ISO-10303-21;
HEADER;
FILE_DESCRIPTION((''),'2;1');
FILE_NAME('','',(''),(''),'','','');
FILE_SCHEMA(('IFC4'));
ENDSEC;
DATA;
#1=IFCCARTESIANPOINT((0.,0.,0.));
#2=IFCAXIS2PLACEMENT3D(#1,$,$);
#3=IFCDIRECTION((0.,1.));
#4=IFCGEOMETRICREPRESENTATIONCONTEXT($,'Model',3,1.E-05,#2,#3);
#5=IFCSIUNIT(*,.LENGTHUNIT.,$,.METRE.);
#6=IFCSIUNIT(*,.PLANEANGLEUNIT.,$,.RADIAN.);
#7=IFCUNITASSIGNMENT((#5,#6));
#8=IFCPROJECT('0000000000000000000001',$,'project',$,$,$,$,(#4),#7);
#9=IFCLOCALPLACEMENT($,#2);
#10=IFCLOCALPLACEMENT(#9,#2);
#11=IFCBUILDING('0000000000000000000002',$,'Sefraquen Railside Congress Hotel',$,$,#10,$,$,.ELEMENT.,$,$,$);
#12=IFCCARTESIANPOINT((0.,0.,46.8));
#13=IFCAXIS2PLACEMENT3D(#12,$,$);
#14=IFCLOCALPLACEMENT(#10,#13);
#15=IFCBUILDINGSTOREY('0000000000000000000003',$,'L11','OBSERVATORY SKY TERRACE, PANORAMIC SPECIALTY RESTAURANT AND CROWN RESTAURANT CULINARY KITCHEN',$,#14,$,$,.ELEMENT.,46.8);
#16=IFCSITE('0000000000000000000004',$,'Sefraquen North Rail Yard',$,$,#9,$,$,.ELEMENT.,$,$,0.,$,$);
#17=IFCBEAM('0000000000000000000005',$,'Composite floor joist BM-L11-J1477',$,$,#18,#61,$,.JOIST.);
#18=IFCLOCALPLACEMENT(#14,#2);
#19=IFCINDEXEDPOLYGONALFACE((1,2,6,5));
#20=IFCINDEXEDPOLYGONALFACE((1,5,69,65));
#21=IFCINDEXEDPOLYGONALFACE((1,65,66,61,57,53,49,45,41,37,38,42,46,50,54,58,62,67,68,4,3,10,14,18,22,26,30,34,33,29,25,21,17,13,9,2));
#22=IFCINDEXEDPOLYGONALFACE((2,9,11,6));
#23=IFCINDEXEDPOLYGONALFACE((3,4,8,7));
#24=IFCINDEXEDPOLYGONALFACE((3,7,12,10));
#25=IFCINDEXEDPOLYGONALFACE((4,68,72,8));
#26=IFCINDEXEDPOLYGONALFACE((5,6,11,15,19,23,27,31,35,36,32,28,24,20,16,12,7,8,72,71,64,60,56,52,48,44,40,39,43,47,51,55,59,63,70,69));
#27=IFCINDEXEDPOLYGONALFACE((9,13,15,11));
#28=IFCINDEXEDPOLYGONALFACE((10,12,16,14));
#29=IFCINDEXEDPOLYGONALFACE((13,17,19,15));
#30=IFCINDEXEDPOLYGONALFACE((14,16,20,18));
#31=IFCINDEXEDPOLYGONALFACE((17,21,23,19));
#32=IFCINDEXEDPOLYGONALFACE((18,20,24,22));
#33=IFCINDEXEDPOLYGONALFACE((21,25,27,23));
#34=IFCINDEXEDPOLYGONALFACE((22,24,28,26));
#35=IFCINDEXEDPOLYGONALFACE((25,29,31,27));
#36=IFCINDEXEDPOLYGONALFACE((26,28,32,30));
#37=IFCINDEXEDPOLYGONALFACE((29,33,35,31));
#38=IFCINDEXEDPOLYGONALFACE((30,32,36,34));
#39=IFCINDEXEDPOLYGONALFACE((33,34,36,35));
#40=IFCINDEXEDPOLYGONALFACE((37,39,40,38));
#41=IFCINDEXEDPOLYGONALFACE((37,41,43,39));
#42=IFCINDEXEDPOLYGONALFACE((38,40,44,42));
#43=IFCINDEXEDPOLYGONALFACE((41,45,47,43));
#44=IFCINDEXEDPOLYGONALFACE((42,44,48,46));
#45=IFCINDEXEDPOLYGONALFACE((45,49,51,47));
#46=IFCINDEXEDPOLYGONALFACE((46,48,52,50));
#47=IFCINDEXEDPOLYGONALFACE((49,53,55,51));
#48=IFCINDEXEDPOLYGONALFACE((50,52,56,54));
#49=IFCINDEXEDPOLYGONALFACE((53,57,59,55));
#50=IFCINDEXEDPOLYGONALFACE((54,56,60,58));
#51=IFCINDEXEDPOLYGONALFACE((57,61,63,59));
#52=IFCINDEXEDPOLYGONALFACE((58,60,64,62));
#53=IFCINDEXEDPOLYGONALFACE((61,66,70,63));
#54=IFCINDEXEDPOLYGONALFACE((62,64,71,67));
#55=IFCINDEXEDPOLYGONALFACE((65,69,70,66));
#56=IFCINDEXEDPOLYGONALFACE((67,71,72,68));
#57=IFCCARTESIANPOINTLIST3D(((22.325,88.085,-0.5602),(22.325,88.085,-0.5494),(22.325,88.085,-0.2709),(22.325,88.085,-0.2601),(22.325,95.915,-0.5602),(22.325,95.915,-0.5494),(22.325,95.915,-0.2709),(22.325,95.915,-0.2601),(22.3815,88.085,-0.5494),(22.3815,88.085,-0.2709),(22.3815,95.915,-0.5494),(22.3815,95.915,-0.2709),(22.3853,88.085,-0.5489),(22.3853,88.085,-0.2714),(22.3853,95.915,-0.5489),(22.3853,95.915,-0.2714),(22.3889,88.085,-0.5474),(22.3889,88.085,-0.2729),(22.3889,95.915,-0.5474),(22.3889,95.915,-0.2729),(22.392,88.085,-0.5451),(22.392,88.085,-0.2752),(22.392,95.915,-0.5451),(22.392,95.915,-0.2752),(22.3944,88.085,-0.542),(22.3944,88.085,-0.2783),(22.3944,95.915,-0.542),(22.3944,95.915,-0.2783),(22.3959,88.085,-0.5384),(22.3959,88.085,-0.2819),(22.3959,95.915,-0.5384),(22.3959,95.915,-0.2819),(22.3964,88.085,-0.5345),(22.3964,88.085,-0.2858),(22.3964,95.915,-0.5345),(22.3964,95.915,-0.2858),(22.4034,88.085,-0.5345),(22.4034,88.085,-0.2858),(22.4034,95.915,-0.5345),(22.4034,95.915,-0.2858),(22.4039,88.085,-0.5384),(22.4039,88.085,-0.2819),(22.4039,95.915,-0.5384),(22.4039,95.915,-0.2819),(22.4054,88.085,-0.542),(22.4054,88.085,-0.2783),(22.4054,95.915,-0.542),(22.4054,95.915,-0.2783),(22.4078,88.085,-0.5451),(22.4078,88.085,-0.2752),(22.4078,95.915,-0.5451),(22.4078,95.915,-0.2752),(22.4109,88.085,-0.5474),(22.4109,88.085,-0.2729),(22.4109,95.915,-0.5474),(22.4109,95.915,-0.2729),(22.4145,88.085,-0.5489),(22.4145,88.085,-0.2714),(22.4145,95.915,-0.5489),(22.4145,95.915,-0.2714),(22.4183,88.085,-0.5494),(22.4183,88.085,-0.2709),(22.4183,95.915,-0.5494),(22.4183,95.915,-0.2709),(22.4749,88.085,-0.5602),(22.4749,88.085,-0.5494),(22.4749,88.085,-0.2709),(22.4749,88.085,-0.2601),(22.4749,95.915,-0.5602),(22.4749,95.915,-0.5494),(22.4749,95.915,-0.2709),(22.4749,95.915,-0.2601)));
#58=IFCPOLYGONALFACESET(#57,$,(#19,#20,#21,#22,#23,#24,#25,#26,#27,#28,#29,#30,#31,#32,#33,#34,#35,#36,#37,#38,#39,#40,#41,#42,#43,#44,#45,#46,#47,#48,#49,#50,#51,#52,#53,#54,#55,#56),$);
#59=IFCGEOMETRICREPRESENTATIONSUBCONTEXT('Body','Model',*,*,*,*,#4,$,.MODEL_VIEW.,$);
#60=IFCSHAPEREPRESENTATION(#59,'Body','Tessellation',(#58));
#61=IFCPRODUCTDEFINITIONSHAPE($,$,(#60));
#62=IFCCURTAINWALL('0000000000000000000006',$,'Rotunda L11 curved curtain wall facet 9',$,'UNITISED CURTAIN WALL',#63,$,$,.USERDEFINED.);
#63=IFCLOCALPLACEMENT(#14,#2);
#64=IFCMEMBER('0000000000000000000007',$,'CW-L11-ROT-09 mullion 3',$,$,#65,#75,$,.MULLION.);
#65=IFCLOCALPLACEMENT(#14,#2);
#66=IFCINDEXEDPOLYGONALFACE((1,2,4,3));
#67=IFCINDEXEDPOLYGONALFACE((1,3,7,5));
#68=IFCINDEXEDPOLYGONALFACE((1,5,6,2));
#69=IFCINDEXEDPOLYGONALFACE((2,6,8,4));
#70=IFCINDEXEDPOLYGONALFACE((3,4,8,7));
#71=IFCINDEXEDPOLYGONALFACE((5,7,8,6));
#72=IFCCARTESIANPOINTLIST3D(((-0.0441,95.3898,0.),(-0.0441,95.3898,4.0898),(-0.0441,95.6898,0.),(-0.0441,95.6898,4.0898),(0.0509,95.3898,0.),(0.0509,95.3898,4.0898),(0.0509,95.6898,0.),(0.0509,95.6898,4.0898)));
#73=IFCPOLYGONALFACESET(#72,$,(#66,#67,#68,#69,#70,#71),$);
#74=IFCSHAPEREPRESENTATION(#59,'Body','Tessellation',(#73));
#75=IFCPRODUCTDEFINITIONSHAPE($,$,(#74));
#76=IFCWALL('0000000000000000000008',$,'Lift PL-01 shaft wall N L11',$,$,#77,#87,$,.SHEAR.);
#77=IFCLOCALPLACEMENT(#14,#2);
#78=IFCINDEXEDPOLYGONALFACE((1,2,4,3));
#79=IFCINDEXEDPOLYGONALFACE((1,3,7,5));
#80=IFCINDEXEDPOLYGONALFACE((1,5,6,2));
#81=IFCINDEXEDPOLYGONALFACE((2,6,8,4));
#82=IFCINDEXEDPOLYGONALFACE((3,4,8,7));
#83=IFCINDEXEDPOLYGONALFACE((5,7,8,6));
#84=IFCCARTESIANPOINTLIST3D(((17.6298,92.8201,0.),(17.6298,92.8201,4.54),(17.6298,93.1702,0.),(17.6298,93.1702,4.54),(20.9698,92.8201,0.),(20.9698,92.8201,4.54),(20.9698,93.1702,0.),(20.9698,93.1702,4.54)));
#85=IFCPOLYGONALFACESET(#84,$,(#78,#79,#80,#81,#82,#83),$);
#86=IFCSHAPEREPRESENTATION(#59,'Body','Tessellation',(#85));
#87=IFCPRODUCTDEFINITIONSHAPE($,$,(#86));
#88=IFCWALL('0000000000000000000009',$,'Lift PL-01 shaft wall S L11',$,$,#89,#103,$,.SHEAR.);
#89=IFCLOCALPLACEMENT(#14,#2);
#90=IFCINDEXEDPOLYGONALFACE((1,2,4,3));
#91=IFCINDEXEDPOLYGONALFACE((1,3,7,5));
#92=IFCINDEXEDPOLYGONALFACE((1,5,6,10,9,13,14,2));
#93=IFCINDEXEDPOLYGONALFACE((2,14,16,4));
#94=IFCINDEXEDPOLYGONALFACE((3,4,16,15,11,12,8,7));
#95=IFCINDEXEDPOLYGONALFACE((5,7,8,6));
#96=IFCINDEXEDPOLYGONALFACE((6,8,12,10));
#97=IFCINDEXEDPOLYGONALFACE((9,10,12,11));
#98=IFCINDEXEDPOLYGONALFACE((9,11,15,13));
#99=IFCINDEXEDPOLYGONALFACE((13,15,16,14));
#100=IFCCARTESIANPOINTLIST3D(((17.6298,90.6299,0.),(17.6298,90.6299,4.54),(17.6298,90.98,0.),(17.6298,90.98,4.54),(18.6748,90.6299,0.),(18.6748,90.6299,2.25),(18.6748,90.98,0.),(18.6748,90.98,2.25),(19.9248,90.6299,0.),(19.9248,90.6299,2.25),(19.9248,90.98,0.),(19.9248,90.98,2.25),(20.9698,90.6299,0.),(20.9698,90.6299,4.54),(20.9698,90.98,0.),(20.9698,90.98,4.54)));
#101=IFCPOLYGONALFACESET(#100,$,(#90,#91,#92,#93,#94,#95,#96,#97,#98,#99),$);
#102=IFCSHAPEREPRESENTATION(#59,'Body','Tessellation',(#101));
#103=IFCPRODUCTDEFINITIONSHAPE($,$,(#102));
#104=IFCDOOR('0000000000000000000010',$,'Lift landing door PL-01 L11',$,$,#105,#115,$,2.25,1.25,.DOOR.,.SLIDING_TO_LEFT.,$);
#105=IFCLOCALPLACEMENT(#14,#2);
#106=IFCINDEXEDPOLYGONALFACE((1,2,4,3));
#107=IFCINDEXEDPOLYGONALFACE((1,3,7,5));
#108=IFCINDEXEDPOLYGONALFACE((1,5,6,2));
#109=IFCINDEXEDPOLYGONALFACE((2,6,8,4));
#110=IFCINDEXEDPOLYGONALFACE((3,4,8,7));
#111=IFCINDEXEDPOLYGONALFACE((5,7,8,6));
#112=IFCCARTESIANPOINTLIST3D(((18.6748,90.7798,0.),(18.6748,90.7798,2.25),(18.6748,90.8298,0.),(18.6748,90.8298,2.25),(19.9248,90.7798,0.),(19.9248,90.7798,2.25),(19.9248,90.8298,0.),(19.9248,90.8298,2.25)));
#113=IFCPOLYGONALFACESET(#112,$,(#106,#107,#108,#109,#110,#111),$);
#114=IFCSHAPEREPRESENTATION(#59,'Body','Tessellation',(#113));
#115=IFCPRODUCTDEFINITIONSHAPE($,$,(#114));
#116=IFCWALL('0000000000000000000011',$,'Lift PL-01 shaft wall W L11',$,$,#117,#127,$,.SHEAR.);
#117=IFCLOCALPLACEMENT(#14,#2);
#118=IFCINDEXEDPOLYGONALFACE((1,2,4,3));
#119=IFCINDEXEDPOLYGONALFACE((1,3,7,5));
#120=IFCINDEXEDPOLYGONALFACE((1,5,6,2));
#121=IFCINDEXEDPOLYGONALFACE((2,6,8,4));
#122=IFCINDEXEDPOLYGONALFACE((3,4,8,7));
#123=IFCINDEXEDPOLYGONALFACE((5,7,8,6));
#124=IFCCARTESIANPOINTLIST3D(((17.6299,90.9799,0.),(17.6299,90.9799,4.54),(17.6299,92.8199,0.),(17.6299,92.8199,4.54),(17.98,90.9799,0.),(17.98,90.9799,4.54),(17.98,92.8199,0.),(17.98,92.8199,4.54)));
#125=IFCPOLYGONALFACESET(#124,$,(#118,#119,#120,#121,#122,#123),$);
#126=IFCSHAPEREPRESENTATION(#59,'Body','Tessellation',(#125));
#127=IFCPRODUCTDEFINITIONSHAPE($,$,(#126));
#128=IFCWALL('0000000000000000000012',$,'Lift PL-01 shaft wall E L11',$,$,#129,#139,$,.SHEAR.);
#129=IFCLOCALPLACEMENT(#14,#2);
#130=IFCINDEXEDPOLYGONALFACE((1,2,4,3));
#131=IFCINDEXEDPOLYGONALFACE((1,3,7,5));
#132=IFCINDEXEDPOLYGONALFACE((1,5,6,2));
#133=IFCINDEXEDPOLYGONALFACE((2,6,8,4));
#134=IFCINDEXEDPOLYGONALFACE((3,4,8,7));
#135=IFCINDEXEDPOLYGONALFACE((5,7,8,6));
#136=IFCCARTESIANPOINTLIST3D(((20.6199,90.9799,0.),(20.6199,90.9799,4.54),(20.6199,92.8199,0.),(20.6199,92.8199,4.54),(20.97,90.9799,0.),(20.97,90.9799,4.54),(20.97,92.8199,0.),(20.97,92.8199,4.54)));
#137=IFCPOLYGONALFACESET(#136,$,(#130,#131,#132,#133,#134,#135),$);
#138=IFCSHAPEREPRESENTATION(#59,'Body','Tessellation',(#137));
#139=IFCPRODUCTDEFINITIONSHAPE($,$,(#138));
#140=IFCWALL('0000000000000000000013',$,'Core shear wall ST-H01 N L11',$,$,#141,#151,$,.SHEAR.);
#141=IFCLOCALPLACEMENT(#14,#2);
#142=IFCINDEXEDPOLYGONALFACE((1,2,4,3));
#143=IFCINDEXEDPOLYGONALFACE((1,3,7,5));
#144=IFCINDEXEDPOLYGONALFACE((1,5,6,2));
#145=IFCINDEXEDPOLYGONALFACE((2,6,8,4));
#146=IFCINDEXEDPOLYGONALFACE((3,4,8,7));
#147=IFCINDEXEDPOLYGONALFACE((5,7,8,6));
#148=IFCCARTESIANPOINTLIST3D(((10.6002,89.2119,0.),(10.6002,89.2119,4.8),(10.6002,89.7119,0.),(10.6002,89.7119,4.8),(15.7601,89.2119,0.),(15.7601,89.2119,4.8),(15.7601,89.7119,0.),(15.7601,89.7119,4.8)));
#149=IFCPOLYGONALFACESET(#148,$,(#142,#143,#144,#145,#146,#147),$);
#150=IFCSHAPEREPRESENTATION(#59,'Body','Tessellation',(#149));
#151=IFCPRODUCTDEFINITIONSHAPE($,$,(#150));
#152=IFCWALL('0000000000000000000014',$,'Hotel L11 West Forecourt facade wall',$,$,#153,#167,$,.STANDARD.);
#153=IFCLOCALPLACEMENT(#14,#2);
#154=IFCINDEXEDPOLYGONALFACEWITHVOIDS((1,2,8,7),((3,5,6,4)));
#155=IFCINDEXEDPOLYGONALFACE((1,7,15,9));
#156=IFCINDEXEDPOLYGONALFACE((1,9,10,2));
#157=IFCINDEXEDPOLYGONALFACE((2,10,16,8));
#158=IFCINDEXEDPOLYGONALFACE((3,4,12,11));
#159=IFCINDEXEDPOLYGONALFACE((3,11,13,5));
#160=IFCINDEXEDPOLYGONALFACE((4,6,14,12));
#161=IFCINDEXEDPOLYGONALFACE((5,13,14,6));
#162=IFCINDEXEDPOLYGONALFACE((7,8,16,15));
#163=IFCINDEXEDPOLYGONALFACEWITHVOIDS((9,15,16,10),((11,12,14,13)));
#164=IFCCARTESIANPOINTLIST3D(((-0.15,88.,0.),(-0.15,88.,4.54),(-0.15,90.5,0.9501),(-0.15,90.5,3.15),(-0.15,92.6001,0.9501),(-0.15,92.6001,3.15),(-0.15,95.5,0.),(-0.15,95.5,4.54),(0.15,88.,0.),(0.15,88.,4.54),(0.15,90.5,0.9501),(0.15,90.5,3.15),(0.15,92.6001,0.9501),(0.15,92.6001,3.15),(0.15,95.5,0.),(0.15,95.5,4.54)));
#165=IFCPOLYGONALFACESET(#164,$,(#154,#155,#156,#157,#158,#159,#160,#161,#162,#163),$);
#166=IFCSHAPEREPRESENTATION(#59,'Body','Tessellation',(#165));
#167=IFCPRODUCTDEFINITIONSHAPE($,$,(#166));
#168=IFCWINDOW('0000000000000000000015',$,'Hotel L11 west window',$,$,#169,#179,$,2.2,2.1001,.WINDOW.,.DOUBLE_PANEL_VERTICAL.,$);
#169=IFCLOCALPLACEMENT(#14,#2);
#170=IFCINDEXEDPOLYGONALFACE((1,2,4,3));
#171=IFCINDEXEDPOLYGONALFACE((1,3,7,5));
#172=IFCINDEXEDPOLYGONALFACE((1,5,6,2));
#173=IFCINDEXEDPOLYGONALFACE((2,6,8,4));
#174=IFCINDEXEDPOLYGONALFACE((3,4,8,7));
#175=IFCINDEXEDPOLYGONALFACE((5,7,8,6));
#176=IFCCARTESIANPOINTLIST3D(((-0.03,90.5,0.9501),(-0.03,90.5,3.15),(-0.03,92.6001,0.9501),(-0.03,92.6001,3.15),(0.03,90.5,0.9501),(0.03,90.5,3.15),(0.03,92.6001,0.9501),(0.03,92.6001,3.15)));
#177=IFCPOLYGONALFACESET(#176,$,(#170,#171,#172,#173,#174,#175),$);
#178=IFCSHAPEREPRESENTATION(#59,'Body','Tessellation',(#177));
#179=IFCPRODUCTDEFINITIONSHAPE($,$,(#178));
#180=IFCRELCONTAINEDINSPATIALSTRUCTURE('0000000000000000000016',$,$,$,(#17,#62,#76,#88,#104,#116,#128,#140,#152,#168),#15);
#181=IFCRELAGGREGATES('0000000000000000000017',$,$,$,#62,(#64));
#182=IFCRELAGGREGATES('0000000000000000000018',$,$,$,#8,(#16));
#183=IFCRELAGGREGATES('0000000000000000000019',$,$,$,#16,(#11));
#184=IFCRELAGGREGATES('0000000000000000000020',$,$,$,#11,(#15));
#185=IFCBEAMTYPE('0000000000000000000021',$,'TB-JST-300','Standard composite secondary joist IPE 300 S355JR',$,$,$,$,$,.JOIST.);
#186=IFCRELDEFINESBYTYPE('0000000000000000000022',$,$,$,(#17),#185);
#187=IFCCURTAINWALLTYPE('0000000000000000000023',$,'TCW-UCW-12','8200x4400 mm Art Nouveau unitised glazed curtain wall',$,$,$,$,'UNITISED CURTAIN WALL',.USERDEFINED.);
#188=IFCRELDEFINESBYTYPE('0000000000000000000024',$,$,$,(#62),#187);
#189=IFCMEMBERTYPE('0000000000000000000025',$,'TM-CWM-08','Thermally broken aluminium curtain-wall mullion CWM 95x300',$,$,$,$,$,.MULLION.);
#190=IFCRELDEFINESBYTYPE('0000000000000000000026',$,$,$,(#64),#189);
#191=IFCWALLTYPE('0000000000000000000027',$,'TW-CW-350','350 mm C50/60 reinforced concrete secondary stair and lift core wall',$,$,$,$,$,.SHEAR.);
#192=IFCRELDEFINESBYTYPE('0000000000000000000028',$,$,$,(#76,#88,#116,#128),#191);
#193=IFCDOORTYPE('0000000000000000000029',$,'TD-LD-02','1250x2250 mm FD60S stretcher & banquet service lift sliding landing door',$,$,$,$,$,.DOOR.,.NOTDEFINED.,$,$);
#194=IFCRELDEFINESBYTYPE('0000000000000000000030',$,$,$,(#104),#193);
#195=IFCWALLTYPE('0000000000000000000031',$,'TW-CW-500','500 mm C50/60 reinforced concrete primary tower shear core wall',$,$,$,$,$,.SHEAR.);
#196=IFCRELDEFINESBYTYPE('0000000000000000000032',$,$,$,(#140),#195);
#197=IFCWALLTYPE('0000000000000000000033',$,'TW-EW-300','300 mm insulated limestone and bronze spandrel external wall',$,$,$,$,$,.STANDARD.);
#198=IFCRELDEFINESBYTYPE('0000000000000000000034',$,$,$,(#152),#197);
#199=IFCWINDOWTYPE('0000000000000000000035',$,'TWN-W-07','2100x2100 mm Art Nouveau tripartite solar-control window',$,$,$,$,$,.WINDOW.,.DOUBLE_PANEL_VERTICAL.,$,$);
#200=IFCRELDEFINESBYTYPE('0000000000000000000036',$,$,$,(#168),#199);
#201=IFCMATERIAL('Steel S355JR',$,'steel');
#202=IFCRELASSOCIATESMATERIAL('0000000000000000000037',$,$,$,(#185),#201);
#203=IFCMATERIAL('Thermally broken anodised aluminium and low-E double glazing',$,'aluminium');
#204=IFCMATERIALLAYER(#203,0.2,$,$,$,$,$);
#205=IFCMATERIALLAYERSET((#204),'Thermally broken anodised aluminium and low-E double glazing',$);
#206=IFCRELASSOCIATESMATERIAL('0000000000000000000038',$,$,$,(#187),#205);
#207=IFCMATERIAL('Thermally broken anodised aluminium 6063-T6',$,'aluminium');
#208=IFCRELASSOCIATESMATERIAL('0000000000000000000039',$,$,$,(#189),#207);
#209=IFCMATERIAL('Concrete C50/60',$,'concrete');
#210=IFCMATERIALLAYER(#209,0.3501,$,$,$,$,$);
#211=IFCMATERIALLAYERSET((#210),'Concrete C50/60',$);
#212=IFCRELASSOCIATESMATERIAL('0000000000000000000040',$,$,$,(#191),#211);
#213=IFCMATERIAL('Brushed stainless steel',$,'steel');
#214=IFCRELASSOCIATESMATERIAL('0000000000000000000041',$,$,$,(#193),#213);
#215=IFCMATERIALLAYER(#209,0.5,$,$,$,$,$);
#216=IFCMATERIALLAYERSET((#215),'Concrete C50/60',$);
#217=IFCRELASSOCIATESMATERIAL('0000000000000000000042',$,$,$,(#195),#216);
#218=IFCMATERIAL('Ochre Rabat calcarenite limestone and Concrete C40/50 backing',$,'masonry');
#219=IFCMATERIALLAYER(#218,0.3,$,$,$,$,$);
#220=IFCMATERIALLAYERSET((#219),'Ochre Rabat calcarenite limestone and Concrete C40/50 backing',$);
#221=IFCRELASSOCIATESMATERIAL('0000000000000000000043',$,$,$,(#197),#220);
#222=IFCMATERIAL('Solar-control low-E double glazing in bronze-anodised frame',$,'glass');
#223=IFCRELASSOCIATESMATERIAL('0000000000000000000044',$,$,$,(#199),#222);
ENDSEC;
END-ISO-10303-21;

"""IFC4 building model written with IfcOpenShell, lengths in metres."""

from ifc_helpers import new_model, si_unit, direction, frame, frame_2d, origin, origin_2d, place, context, subcontext, project, spatial, rectangle, i_section, extrude, material, layer, layer_set, material_profile, profile_set, type_object, element, fill, aggregate, save


model = new_model("IFC4")

# Units and contexts
model_context = context("Model", 3, precision=1e-05, world=origin(), true_north=direction((0.0, 1.0)))
body_context = subcontext(model_context, "Body", "Model", "MODEL_VIEW")
ifc_project = project(units=[si_unit("LENGTHUNIT", "METRE"), si_unit("PLANEANGLEUNIT", "RADIAN")], contexts=[model_context])

# Site, building, storey
site_placement = place(None, origin())
site = spatial("IfcSite", under=ifc_project, at=site_placement, Name="Sefraquen North Rail Yard", CompositionType="ELEMENT", RefElevation=0.0)
building_placement = place(site_placement, origin())
building = spatial("IfcBuilding", under=site, at=building_placement, Name="Sefraquen Railside Congress Hotel", CompositionType="ELEMENT")
storey_placement = place(building_placement, frame((0.0, 0.0, 46.8)))
storey = spatial("IfcBuildingStorey", under=building, at=storey_placement, Name="L11", Description="OBSERVATORY SKY TERRACE, PANORAMIC SPECIALTY RESTAURANT AND CROWN RESTAURANT CULINARY KITCHEN", CompositionType="ELEMENT", Elevation=46.8)

# Shared definitions
ifc_material_1 = material(Name="Steel S355JR", Category="steel")

# Beam
ifc_material_profile_1 = material_profile(ifc_material_1, i_section(OverallWidth=0.1499, OverallDepth=0.3, WebThickness=0.0071, FlangeThickness=0.0107, FilletRadius=0.0149, at=origin_2d()), Name="IPE 300")
ifc_profile_set_1 = profile_set([ifc_material_profile_1], Name="Steel S355JR")
beam_type_1 = type_object("IfcBeamType", Name="TB-JST-300", Description="Standard composite secondary joist IPE 300 S355JR", PredefinedType="JOIST", material=ifc_profile_set_1)
for number, where, z_axis, x_axis, name in (
    (1, (22.3999, 88.085, -0.4102), (0.0, 1.0, 0.0), (-1.0, 0.0, 0.0), "Composite floor joist BM-L11-J1477"),
):
    element("IfcBeam", number, at=place(storey_placement, frame(where, z_axis=z_axis, x_axis=x_axis)), inside=storey, type_object=beam_type_1, Name=name, PredefinedType="JOIST", context=body_context, shape_type="SweptSolid", body=[
        extrude(i_section(OverallWidth=0.1499, OverallDepth=0.3, WebThickness=0.0071, FlangeThickness=0.0107, FilletRadius=0.0149, at=origin_2d()), origin(), (0.0, 0.0, 1.0), 7.8301),
    ])

# Curtain wall, member
ifc_material_2 = material(Name="Thermally broken anodised aluminium and low-E double glazing", Category="aluminium")
ifc_layer_1 = layer(ifc_material_2, 0.2)
ifc_layer_set_1 = layer_set([ifc_layer_1], Name="Thermally broken anodised aluminium and low-E double glazing")
curtain_wall_type = type_object("IfcCurtainWallType", Name="TCW-UCW-12", Description="8200x4400 mm Art Nouveau unitised glazed curtain wall", ElementType="UNITISED CURTAIN WALL", PredefinedType="USERDEFINED", material=ifc_layer_set_1)
curtain_wall_placement = place(storey_placement, origin())
curtain_wall = element("IfcCurtainWall", 2, at=curtain_wall_placement, inside=storey, type_object=curtain_wall_type, Name="Rotunda L11 curved curtain wall facet 9", ObjectType="UNITISED CURTAIN WALL", PredefinedType="USERDEFINED")
ifc_material_3 = material(Name="Thermally broken anodised aluminium 6063-T6", Category="aluminium")
ifc_material_profile_2 = material_profile(ifc_material_3, rectangle(XDim=0.095, YDim=0.3, at=origin_2d()), Name="CWM 95x300")
ifc_profile_set_2 = profile_set([ifc_material_profile_2], Name="Thermally broken anodised aluminium 6063-T6")
member_type = type_object("IfcMemberType", Name="TM-CWM-08", Description="Thermally broken aluminium curtain-wall mullion CWM 95x300", PredefinedType="MULLION", material=ifc_profile_set_2)
member_placement = place(storey_placement, frame((0.0034, 95.5398, 0.0), z_axis=(0.0, 0.0, 1.0), x_axis=(1.0, 0.0, 0.0)))
member = element("IfcMember", 3, at=member_placement, type_object=member_type, Name="CW-L11-ROT-09 mullion 3", PredefinedType="MULLION", context=body_context, shape_type="SweptSolid", body=[
    extrude(rectangle(XDim=0.095, YDim=0.3, at=origin_2d()), origin(), (0.0, 0.0, 1.0), 4.0898),
])
aggregate(curtain_wall, [member])

# Wall
ifc_material_4 = material(Name="Concrete C50/60", Category="concrete")
ifc_layer_2 = layer(ifc_material_4, 0.3501)
ifc_layer_set_2 = layer_set([ifc_layer_2], Name="Concrete C50/60")
wall_type_1 = type_object("IfcWallType", Name="TW-CW-350", Description="350 mm C50/60 reinforced concrete secondary stair and lift core wall", PredefinedType="SHEAR", material=ifc_layer_set_2)
wall_1_placement = place(storey_placement, frame((17.6299, 92.9951, 0.0), z_axis=(0.0, 0.0, 1.0), x_axis=(1.0, 0.0, 0.0)))
element("IfcWall", 4, at=wall_1_placement, inside=storey, type_object=wall_type_1, Name="Lift PL-01 shaft wall N L11", PredefinedType="SHEAR", context=body_context, shape_type="SweptSolid", body=[
    extrude(rectangle(XDim=3.3401, YDim=0.3501, at=frame_2d((1.6699, 0.0))), origin(), (0.0, 0.0, 1.0), 4.54),
])

# Wall, opening, door
wall_2_placement = place(storey_placement, frame((17.6299, 90.8049, 0.0), z_axis=(0.0, 0.0, 1.0), x_axis=(1.0, 0.0, 0.0)))
wall_2 = element("IfcWall", 5, at=wall_2_placement, inside=storey, type_object=wall_type_1, Name="Lift PL-01 shaft wall S L11", PredefinedType="SHEAR", context=body_context, shape_type="SweptSolid", body=[
    extrude(rectangle(XDim=3.3401, YDim=0.3501, at=frame_2d((1.6699, 0.0))), origin(), (0.0, 0.0, 1.0), 4.54),
])
opening_1_placement = place(wall_2_placement, frame((1.0449, 0.0, 0.0)))
opening_1 = element("IfcOpeningElement", 6, at=opening_1_placement, cuts=wall_2, PredefinedType="OPENING", context=body_context, shape_type="SweptSolid", body=[
    extrude(rectangle(XDim=1.25, YDim=2.25, at=frame_2d((0.625, 1.125))), frame((0.0, 0.1851, 0.0), z_axis=(0.0, -1.0, 0.0), x_axis=(1.0, 0.0, 0.0)), (0.0, 0.0, 1.0), 0.3701),
])
ifc_material_5 = material(Name="Brushed stainless steel", Category="steel")
door_type_1 = type_object("IfcDoorType", Name="TD-LD-02", Description="1250x2250 mm FD60S stretcher & banquet service lift sliding landing door", OperationType="NOTDEFINED", PredefinedType="DOOR", material=ifc_material_5)
door_1_placement = place(opening_1_placement, origin())
door_1 = element("IfcDoor", 7, at=door_1_placement, inside=storey, type_object=door_type_1, Name="Lift landing door PL-01 L11", OperationType="SLIDING_TO_LEFT", OverallHeight=2.25, OverallWidth=1.25, PredefinedType="DOOR", context=body_context, shape_type="SweptSolid", body=[
    extrude(rectangle(XDim=1.25, YDim=2.25, at=frame_2d((0.625, 1.125))), frame((0.0, 0.0249, 0.0), z_axis=(0.0, -1.0, 0.0), x_axis=(1.0, 0.0, 0.0)), (0.0, 0.0, 1.0), 0.05),
])
fill(opening_1, door_1)

# Walls
for number, where, z_axis, x_axis, name in (
    (8, (17.8049, 90.98, 0.0), (0.0, 0.0, 1.0), (0.0, 1.0, 0.0), "Lift PL-01 shaft wall W L11"),
    (9, (20.7949, 90.98, 0.0), (0.0, 0.0, 1.0), (0.0, 1.0, 0.0), "Lift PL-01 shaft wall E L11"),
):
    element("IfcWall", number, at=place(storey_placement, frame(where, z_axis=z_axis, x_axis=x_axis)), inside=storey, type_object=wall_type_1, Name=name, PredefinedType="SHEAR", context=body_context, shape_type="SweptSolid", body=[
        extrude(rectangle(XDim=1.8401, YDim=0.3501, at=frame_2d((0.9199, 0.0))), origin(), (0.0, 0.0, 1.0), 4.54),
    ])
ifc_layer_3 = layer(ifc_material_4, 0.5)
ifc_layer_set_3 = layer_set([ifc_layer_3], Name="Concrete C50/60")
wall_type_2 = type_object("IfcWallType", Name="TW-CW-500", Description="500 mm C50/60 reinforced concrete primary tower shear core wall", PredefinedType="SHEAR", material=ifc_layer_set_3)
wall_3_placement = place(storey_placement, frame((10.6001, 89.4619, 0.0), z_axis=(0.0, 0.0, 1.0), x_axis=(1.0, 0.0, 0.0)))
element("IfcWall", 10, at=wall_3_placement, inside=storey, type_object=wall_type_2, Name="Core shear wall ST-H01 N L11", PredefinedType="SHEAR", context=body_context, shape_type="SweptSolid", body=[
    extrude(rectangle(XDim=5.1599, YDim=0.5, at=frame_2d((2.5801, 0.0))), origin(), (0.0, 0.0, 1.0), 4.8),
])

# Wall, opening, window
ifc_material_6 = material(Name="Ochre Rabat calcarenite limestone and Concrete C40/50 backing", Category="masonry")
ifc_layer_4 = layer(ifc_material_6, 0.3)
ifc_layer_set_4 = layer_set([ifc_layer_4], Name="Ochre Rabat calcarenite limestone and Concrete C40/50 backing")
wall_type_3 = type_object("IfcWallType", Name="TW-EW-300", Description="300 mm insulated limestone and bronze spandrel external wall", PredefinedType="STANDARD", material=ifc_layer_set_4)
wall_4_placement = place(storey_placement, frame((0.0, 88.0, 0.0), z_axis=(0.0, 0.0, 1.0), x_axis=(0.0, 1.0, 0.0)))
wall_4 = element("IfcWall", 11, at=wall_4_placement, inside=storey, type_object=wall_type_3, Name="Hotel L11 West Forecourt facade wall", PredefinedType="STANDARD", context=body_context, shape_type="SweptSolid", body=[
    extrude(rectangle(XDim=7.5, YDim=0.3, at=frame_2d((3.75, 0.0))), origin(), (0.0, 0.0, 1.0), 4.54),
])
opening_2_placement = place(wall_4_placement, frame((2.5, 0.0, 0.95)))
opening_2 = element("IfcOpeningElement", 12, at=opening_2_placement, cuts=wall_4, PredefinedType="OPENING", context=body_context, shape_type="SweptSolid", body=[
    extrude(rectangle(XDim=2.1001, YDim=2.2, at=frame_2d((1.05, 1.1001))), frame((0.0, 0.1599, 0.0), z_axis=(0.0, -1.0, 0.0), x_axis=(1.0, 0.0, 0.0)), (0.0, 0.0, 1.0), 0.3201),
])
ifc_material_7 = material(Name="Solar-control low-E double glazing in bronze-anodised frame", Category="glass")
window_type = type_object("IfcWindowType", Name="TWN-W-07", Description="2100x2100 mm Art Nouveau tripartite solar-control window", PartitioningType="DOUBLE_PANEL_VERTICAL", PredefinedType="WINDOW", material=ifc_material_7)
window_placement = place(opening_2_placement, origin())
window = element("IfcWindow", 13, at=window_placement, inside=storey, type_object=window_type, Name="Hotel L11 west window", OverallHeight=2.2, OverallWidth=2.1001, PartitioningType="DOUBLE_PANEL_VERTICAL", PredefinedType="WINDOW", context=body_context, shape_type="SweptSolid", body=[
    extrude(rectangle(XDim=2.1001, YDim=2.2, at=frame_2d((1.05, 1.1001))), frame((0.0, 0.03, 0.0), z_axis=(0.0, -1.0, 0.0), x_axis=(1.0, 0.0, 0.0)), (0.0, 0.0, 1.0), 0.0601),
])
fill(opening_2, window)

save(model, "model.ifc")
